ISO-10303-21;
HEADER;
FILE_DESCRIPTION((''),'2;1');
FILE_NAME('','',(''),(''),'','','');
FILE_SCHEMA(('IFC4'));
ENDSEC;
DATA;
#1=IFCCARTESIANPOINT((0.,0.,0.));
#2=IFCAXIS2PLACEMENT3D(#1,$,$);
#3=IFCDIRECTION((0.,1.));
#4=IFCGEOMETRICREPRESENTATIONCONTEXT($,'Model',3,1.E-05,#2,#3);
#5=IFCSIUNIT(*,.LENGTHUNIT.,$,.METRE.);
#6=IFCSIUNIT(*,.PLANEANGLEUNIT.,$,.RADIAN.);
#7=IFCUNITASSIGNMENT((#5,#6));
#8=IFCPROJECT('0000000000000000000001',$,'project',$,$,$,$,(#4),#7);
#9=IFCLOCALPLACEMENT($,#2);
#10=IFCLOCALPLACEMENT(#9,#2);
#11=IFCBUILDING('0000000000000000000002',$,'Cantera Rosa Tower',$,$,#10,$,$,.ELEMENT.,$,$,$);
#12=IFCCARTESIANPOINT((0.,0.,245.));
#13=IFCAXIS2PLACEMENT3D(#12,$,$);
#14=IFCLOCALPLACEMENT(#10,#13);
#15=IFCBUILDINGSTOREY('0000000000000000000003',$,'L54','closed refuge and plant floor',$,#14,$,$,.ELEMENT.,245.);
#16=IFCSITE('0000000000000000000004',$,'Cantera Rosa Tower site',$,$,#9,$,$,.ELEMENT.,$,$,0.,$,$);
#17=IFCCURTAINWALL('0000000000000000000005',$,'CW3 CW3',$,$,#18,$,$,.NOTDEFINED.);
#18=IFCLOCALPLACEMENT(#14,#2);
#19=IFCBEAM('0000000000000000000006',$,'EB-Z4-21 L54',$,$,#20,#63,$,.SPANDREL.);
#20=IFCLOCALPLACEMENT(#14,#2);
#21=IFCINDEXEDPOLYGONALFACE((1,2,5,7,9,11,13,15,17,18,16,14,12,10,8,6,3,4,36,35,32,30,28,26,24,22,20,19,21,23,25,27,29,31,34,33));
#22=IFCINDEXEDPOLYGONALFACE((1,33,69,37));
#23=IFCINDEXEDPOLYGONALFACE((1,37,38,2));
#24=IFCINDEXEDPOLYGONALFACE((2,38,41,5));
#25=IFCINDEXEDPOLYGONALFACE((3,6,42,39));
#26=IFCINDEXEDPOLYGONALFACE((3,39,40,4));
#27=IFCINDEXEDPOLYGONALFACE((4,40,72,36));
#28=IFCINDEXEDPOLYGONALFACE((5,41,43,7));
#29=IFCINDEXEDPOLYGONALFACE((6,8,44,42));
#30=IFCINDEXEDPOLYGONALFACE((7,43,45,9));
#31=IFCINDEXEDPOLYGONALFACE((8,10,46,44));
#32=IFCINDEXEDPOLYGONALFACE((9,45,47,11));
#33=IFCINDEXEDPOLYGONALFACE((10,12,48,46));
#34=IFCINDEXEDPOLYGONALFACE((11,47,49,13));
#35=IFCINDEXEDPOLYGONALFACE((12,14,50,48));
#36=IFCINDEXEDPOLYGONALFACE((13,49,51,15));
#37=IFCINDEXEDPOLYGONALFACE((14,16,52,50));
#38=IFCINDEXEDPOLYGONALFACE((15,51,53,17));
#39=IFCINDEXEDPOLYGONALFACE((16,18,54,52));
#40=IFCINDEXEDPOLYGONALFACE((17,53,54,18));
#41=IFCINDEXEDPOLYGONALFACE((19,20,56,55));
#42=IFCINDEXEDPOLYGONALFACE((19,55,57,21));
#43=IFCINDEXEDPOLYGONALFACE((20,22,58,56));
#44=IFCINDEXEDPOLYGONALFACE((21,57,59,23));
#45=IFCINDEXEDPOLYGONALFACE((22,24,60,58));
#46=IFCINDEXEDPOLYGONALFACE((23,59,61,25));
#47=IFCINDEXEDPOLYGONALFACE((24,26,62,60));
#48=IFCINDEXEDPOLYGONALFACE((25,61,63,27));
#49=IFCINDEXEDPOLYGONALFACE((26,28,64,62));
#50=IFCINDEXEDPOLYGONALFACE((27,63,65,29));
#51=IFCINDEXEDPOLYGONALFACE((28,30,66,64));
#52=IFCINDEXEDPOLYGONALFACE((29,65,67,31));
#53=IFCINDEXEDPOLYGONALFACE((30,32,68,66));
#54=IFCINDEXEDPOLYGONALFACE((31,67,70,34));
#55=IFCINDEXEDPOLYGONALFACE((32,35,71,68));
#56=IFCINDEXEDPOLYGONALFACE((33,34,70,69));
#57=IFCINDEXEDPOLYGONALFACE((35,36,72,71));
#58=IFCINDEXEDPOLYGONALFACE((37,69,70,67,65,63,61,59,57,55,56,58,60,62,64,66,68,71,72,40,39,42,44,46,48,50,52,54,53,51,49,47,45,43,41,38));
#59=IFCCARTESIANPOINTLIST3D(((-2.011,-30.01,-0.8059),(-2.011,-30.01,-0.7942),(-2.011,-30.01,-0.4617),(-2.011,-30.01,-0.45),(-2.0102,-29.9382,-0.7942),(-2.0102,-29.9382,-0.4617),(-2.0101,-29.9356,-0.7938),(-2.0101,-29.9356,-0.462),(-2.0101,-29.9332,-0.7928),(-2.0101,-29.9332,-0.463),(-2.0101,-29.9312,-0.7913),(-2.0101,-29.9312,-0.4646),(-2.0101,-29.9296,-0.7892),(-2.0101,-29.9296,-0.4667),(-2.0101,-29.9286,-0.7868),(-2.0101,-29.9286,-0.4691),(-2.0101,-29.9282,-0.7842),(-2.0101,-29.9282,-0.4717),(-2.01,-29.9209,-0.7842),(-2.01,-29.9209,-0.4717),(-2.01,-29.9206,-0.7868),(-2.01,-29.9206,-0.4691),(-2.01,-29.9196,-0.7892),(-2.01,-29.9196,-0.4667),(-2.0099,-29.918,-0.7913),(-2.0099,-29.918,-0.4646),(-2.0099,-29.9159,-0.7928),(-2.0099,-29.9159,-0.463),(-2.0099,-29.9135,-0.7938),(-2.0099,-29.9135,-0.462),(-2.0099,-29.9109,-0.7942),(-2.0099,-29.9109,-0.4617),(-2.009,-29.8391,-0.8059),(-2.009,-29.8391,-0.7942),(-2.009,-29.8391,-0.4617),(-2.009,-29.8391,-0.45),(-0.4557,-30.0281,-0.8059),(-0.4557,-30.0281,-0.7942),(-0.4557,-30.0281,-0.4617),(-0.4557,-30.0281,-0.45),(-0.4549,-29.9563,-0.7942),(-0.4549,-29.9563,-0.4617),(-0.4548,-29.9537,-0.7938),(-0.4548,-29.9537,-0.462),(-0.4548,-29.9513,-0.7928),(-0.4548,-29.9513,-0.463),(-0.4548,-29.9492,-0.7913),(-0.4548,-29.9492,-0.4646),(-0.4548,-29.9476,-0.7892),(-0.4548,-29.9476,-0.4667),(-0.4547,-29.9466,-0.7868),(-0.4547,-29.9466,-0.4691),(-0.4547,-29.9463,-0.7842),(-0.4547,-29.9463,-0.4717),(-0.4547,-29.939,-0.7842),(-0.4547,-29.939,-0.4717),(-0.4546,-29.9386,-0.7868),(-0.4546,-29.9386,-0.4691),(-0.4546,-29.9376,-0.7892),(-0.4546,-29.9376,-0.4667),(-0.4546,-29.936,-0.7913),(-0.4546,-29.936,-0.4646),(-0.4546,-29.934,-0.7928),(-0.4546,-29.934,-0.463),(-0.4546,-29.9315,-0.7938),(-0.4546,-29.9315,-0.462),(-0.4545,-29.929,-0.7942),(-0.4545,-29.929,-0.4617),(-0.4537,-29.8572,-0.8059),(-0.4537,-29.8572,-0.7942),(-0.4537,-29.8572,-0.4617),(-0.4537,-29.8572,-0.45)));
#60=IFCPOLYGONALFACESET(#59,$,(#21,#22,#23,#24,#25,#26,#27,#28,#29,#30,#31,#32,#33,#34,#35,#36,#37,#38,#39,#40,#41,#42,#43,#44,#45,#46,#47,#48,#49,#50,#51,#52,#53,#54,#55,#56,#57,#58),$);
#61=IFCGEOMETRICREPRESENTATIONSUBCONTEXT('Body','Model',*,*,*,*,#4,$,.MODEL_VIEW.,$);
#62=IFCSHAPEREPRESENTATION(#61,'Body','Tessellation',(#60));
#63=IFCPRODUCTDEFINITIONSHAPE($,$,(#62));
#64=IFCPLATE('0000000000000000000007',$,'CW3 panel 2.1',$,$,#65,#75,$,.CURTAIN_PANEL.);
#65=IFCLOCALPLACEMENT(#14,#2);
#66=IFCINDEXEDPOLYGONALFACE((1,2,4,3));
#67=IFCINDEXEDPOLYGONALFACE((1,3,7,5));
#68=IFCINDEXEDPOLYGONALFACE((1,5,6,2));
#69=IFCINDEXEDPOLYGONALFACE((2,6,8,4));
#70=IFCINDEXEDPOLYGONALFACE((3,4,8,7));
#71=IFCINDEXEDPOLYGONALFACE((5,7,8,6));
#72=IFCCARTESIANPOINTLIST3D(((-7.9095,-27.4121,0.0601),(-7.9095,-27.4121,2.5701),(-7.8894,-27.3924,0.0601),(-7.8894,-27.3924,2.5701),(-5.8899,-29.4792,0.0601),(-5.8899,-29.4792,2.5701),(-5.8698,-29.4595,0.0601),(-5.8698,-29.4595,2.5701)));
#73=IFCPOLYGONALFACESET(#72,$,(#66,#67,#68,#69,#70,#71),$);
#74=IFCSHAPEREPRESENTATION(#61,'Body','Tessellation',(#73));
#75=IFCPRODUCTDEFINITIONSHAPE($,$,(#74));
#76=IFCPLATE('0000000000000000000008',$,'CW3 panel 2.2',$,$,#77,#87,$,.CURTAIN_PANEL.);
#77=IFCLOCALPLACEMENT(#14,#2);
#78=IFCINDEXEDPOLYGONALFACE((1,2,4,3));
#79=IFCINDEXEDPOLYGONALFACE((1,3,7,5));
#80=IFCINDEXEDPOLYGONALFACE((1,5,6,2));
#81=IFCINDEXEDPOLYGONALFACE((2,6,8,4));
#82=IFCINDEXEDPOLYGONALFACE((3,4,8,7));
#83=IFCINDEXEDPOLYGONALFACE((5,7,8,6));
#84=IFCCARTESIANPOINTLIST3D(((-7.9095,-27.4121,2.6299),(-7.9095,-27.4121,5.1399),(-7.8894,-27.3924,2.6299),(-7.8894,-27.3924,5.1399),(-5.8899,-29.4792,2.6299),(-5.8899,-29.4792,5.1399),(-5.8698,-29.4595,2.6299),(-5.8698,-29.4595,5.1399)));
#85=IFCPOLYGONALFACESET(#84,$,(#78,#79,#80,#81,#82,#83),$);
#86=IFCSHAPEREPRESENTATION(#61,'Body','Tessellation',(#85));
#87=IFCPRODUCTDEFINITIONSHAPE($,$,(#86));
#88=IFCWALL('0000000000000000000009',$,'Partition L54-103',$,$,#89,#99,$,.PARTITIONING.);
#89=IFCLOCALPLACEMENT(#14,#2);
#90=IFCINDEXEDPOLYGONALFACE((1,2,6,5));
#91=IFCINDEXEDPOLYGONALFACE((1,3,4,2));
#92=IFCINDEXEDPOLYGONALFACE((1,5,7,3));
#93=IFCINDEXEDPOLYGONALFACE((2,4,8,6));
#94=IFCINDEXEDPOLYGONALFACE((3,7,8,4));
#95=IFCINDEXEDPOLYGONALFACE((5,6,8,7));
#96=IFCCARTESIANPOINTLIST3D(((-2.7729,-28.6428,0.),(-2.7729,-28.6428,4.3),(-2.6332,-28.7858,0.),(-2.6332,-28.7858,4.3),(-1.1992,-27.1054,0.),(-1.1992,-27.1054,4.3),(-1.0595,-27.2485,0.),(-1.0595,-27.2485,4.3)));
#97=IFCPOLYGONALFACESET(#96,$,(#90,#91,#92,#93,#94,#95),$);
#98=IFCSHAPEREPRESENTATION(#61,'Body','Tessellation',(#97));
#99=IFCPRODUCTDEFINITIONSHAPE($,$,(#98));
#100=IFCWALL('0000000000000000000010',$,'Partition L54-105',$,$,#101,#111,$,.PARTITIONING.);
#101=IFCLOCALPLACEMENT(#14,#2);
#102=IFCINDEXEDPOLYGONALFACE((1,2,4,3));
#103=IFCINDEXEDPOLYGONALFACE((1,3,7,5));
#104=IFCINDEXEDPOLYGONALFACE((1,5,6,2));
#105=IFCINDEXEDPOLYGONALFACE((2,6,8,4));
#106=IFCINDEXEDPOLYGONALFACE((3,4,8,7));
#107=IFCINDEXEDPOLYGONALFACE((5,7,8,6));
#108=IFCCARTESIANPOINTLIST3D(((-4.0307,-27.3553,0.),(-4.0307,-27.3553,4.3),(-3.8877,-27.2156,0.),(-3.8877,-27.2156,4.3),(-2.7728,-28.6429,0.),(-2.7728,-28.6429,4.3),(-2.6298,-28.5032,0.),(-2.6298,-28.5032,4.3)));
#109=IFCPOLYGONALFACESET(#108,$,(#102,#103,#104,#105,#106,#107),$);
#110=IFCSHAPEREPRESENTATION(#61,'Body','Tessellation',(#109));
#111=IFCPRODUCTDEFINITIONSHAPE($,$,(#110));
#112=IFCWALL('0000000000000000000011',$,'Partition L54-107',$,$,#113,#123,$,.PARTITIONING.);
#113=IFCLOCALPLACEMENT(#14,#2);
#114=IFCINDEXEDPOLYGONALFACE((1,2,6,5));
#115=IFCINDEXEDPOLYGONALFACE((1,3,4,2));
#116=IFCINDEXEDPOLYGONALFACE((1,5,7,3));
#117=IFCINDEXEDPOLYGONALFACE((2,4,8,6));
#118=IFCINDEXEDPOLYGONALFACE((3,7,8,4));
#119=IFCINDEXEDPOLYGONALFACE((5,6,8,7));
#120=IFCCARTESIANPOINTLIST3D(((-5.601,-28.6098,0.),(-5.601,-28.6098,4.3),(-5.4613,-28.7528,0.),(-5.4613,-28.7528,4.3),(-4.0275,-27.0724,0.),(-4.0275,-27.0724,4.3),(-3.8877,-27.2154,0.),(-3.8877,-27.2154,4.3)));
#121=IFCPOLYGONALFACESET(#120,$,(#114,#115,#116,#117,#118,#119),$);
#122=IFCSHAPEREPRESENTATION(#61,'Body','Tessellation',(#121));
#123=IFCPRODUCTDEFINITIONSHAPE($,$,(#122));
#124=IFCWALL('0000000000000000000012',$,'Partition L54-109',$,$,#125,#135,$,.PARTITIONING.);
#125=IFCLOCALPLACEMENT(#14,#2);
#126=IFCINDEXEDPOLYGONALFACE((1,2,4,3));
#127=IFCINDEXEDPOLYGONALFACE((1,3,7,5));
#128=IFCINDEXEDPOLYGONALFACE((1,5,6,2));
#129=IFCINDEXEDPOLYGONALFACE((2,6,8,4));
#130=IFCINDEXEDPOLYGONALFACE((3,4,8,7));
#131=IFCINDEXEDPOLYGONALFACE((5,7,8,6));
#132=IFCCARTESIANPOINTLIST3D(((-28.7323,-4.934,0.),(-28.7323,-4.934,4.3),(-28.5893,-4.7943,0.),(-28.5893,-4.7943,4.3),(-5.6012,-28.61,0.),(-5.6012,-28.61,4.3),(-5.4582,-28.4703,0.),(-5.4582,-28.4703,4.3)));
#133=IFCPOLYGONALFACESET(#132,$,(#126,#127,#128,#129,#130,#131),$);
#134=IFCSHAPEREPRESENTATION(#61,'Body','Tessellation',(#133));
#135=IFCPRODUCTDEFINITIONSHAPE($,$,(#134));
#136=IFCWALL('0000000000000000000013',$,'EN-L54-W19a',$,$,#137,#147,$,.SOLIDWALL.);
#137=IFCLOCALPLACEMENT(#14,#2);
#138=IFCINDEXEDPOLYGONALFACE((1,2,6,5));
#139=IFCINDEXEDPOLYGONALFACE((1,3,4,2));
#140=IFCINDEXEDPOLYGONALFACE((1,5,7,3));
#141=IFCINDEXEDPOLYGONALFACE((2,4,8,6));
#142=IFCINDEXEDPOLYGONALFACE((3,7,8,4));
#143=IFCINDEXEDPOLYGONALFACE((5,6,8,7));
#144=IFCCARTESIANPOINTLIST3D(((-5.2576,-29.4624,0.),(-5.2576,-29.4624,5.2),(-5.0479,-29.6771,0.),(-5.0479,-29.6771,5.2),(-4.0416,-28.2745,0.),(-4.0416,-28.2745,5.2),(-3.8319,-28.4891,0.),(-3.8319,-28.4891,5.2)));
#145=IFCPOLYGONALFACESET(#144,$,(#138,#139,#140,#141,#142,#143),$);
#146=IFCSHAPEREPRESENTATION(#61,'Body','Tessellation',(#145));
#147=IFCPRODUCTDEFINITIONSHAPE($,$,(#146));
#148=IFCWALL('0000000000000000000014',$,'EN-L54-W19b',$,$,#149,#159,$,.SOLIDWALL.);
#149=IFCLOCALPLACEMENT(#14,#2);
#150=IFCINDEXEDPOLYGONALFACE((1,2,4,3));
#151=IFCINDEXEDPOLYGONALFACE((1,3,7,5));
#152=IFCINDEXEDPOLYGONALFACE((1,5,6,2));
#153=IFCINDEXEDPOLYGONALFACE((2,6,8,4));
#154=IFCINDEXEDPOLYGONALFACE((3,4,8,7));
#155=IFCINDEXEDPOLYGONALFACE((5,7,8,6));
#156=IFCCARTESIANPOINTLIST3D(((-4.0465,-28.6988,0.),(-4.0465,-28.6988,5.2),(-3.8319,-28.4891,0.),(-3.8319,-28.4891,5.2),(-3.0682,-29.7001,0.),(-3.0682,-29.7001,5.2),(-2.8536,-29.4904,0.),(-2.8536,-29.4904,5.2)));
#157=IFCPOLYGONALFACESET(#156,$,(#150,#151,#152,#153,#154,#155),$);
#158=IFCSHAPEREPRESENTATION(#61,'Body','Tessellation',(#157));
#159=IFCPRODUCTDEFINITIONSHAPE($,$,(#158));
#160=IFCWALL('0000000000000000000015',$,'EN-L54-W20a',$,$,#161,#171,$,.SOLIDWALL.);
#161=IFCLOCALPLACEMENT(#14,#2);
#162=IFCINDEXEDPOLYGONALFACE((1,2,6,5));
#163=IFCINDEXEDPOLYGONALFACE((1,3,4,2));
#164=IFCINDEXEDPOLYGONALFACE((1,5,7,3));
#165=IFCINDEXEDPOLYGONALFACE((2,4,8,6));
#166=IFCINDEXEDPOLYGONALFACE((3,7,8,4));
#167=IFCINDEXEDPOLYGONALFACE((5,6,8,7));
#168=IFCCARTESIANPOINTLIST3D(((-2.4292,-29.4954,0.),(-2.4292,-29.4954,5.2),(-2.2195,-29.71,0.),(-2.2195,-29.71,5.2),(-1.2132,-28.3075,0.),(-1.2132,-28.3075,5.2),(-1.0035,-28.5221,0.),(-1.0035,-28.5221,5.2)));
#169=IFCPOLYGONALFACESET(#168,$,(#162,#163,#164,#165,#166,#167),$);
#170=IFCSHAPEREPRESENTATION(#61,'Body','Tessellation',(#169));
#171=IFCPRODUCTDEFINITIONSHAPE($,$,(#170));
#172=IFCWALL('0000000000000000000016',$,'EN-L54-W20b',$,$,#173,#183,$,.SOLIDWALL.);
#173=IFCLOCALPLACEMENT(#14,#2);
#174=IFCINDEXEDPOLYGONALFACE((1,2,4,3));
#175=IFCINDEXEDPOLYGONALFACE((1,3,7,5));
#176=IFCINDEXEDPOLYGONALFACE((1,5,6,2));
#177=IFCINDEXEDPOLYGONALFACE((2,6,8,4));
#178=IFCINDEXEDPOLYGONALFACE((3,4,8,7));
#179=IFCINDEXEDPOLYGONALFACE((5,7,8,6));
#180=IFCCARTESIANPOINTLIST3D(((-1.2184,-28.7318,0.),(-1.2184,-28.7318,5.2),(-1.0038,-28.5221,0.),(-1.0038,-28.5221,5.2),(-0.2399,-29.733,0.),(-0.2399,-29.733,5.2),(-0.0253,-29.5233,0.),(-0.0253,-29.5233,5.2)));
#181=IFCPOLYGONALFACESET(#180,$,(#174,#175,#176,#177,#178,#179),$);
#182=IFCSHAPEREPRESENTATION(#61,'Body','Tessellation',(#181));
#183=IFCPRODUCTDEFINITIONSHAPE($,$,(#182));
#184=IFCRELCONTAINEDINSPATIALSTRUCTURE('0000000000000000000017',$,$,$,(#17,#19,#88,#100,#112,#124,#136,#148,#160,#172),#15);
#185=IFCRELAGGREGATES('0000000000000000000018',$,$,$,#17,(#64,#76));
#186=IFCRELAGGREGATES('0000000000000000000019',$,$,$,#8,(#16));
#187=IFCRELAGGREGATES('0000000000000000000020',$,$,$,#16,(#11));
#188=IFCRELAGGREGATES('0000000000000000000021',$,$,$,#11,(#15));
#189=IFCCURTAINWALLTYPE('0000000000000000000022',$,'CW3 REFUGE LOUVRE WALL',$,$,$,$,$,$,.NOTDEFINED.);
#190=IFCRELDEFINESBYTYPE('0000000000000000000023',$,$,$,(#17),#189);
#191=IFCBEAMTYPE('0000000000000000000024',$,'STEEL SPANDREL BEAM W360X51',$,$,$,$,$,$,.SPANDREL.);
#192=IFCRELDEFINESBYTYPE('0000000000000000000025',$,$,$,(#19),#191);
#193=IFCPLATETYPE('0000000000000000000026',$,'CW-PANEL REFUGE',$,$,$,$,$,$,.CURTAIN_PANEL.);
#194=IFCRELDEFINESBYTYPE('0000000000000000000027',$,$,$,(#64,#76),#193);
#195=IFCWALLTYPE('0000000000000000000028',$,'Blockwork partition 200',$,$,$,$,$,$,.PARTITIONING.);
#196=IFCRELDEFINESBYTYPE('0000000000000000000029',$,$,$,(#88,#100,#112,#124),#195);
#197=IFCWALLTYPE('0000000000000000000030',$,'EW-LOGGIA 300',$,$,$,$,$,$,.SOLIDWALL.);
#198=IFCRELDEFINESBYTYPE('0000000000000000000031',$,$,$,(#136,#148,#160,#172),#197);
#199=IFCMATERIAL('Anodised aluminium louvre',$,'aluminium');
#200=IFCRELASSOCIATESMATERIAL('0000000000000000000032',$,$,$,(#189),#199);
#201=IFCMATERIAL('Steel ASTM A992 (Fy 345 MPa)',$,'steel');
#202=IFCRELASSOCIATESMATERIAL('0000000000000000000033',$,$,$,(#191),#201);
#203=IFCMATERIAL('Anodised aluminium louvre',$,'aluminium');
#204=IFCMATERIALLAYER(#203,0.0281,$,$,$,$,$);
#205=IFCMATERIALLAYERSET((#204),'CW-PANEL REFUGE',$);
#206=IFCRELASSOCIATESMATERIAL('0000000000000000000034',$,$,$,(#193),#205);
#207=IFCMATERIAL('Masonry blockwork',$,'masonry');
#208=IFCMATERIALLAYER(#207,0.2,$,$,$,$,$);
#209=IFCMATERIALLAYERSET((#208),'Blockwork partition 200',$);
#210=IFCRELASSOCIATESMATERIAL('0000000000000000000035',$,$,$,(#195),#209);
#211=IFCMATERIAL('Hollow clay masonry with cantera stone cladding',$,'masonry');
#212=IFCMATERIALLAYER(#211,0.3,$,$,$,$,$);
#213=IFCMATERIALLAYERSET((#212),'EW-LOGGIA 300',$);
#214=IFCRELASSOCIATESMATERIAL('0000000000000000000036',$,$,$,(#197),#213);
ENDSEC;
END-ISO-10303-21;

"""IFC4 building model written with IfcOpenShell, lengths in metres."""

from ifc_helpers import new_model, si_unit, direction, frame, frame_2d, origin, origin_2d, place, context, subcontext, project, spatial, rectangle, i_section, extrude, material, layer, layer_set, material_profile, profile_set, type_object, element, aggregate, save


model = new_model("IFC4")

# Units and contexts
model_context = context("Model", 3, precision=1e-05, world=origin(), true_north=direction((0.0, 1.0)))
body_context = subcontext(model_context, "Body", "Model", "MODEL_VIEW")
ifc_project = project(units=[si_unit("LENGTHUNIT", "METRE"), si_unit("PLANEANGLEUNIT", "RADIAN")], contexts=[model_context])

# Site, building, storey
site_placement = place(None, origin())
site = spatial("IfcSite", under=ifc_project, at=site_placement, Name="Cantera Rosa Tower site", CompositionType="ELEMENT", RefElevation=0.0)
building_placement = place(site_placement, origin())
building = spatial("IfcBuilding", under=site, at=building_placement, Name="Cantera Rosa Tower", CompositionType="ELEMENT")
storey_placement = place(building_placement, frame((0.0, 0.0, 245.0)))
storey = spatial("IfcBuildingStorey", under=building, at=storey_placement, Name="L54", Description="closed refuge and plant floor", CompositionType="ELEMENT", Elevation=245.0)

# Curtain wall
ifc_material_1 = material(Name="Anodised aluminium louvre", Category="aluminium")
curtain_wall_type = type_object("IfcCurtainWallType", Name="CW3 REFUGE LOUVRE WALL", PredefinedType="NOTDEFINED", material=ifc_material_1)
curtain_wall_placement = place(storey_placement, origin())
curtain_wall = element("IfcCurtainWall", 1, at=curtain_wall_placement, inside=storey, type_object=curtain_wall_type, Name="CW3 CW3", PredefinedType="NOTDEFINED")

# Beam
ifc_material_2 = material(Name="Steel ASTM A992 (Fy 345 MPa)", Category="steel")
ifc_material_profile_1 = material_profile(ifc_material_2, i_section(OverallWidth=0.1709, OverallDepth=0.356, WebThickness=0.0073, FlangeThickness=0.0117, FilletRadius=0.01, at=origin_2d()), Name="W360X51")
ifc_profile_set_1 = profile_set([ifc_material_profile_1], Name="Steel ASTM A992 (Fy 345 MPa)")
beam_type_1 = type_object("IfcBeamType", Name="STEEL SPANDREL BEAM W360X51", PredefinedType="SPANDREL", material=ifc_profile_set_1)
for number, where, z_axis, x_axis, name in (
    (2, (-2.01, -29.9246, -0.6279), (0.999933, -0.011614, 0.0), (0.011614, 0.999933, 0.0), "EB-Z4-21 L54"),
):
    element("IfcBeam", number, at=place(storey_placement, frame(where, z_axis=z_axis, x_axis=x_axis)), inside=storey, type_object=beam_type_1, Name=name, PredefinedType="SPANDREL", context=body_context, shape_type="SweptSolid", body=[
        extrude(i_section(OverallWidth=0.1709, OverallDepth=0.356, WebThickness=0.0073, FlangeThickness=0.0117, FilletRadius=0.01, at=origin_2d()), origin(), (0.0, 0.0, 1.0), 1.5554),
    ])

# Plates
ifc_material_3 = material(Name="Anodised aluminium louvre", Category="aluminium")
ifc_layer_1 = layer(ifc_material_3, 0.0281)
ifc_layer_set_1 = layer_set([ifc_layer_1], Name="CW-PANEL REFUGE")
plate_type = type_object("IfcPlateType", Name="CW-PANEL REFUGE", PredefinedType="CURTAIN_PANEL", material=ifc_layer_set_1)
plate_1_placement = place(storey_placement, frame((-6.8896, -28.4358, 0.0601), z_axis=(0.0, 0.0, 1.0), x_axis=(0.698832, -0.715286, 0.0)))
plate_1 = element("IfcPlate", 3, at=plate_1_placement, type_object=plate_type, Name="CW3 panel 2.1", PredefinedType="CURTAIN_PANEL", context=body_context, shape_type="SweptSolid", body=[
    extrude(rectangle(XDim=2.8899, YDim=0.0281, at=origin_2d()), origin(), (0.0, 0.0, 1.0), 2.51),
])
plate_2_placement = place(storey_placement, frame((-6.8896, -28.4358, 2.6299), z_axis=(0.0, 0.0, 1.0), x_axis=(0.698832, -0.715286, 0.0)))
plate_2 = element("IfcPlate", 4, at=plate_2_placement, type_object=plate_type, Name="CW3 panel 2.2", PredefinedType="CURTAIN_PANEL", context=body_context, shape_type="SweptSolid", body=[
    extrude(rectangle(XDim=2.8899, YDim=0.0281, at=origin_2d()), origin(), (0.0, 0.0, 1.0), 2.51),
])
aggregate(curtain_wall, [plate_1, plate_2])

# Walls
ifc_material_4 = material(Name="Masonry blockwork", Category="masonry")
ifc_layer_2 = layer(ifc_material_4, 0.2)
ifc_layer_set_2 = layer_set([ifc_layer_2], Name="Blockwork partition 200")
wall_type_1 = type_object("IfcWallType", Name="Blockwork partition 200", PredefinedType="PARTITIONING", material=ifc_layer_set_2)
wall_1_placement = place(storey_placement, frame((-2.7031, -28.7144, 0.0), z_axis=(0.0, 0.0, 1.0), x_axis=(0.715326, 0.698791, 0.0)))
element("IfcWall", 5, at=wall_1_placement, inside=storey, type_object=wall_type_1, Name="Partition L54-103", PredefinedType="PARTITIONING", context=body_context, shape_type="SweptSolid", body=[
    extrude(rectangle(XDim=2.2, YDim=0.2, at=frame_2d((1.1001, 0.0))), origin(), (0.0, 0.0, 1.0), 4.3),
])
wall_2_placement = place(storey_placement, frame((-2.7014, -28.573, 0.0), z_axis=(0.0, 0.0, 1.0), x_axis=(-0.698785, 0.715332, 0.0)))
element("IfcWall", 6, at=wall_2_placement, inside=storey, type_object=wall_type_1, Name="Partition L54-105", PredefinedType="PARTITIONING", context=body_context, shape_type="SweptSolid", body=[
    extrude(rectangle(XDim=1.8, YDim=0.2, at=frame_2d((0.8999, 0.0))), origin(), (0.0, 0.0, 1.0), 4.3),
])
wall_3_placement = place(storey_placement, frame((-5.5312, -28.6814, 0.0), z_axis=(0.0, 0.0, 1.0), x_axis=(0.715272, 0.698847, 0.0)))
element("IfcWall", 7, at=wall_3_placement, inside=storey, type_object=wall_type_1, Name="Partition L54-107", PredefinedType="PARTITIONING", context=body_context, shape_type="SweptSolid", body=[
    extrude(rectangle(XDim=2.2, YDim=0.2, at=frame_2d((1.1001, 0.0))), origin(), (0.0, 0.0, 1.0), 4.3),
])
wall_4_placement = place(storey_placement, frame((-5.5298, -28.54, 0.0), z_axis=(0.0, 0.0, 1.0), x_axis=(-0.698827, 0.71529, 0.0)))
element("IfcWall", 8, at=wall_4_placement, inside=storey, type_object=wall_type_1, Name="Partition L54-109", PredefinedType="PARTITIONING", context=body_context, shape_type="SweptSolid", body=[
    extrude(rectangle(XDim=33.0999, YDim=0.2, at=frame_2d((16.5498, 0.0))), origin(), (0.0, 0.0, 1.0), 4.3),
])
ifc_material_5 = material(Name="Hollow clay masonry with cantera stone cladding", Category="masonry")
ifc_layer_3 = layer(ifc_material_5, 0.3)
ifc_layer_set_3 = layer_set([ifc_layer_3], Name="EW-LOGGIA 300")
wall_type_2 = type_object("IfcWallType", Name="EW-LOGGIA 300", PredefinedType="SOLIDWALL", material=ifc_layer_set_3)
wall_5_placement = place(storey_placement, frame((-5.1528, -29.5698, 0.0), z_axis=(0.0, 0.0, 1.0), x_axis=(0.715316, 0.698801, 0.0)))
element("IfcWall", 9, at=wall_5_placement, inside=storey, type_object=wall_type_2, Name="EN-L54-W19a", PredefinedType="SOLIDWALL", context=body_context, shape_type="SweptSolid", body=[
    extrude(rectangle(XDim=1.7, YDim=0.3, at=frame_2d((0.8501, 0.0))), origin(), (0.0, 0.0, 1.0), 5.2),
])
wall_6_placement = place(storey_placement, frame((-3.9392, -28.594, 0.0), z_axis=(0.0, 0.0, 1.0), x_axis=(0.698862, -0.715257, 0.0)))
element("IfcWall", 10, at=wall_6_placement, inside=storey, type_object=wall_type_2, Name="EN-L54-W19b", PredefinedType="SOLIDWALL", context=body_context, shape_type="SweptSolid", body=[
    extrude(rectangle(XDim=1.3999, YDim=0.3, at=frame_2d((0.7, 0.0))), origin(), (0.0, 0.0, 1.0), 5.2),
])
wall_7_placement = place(storey_placement, frame((-2.3245, -29.6028, 0.0), z_axis=(0.0, 0.0, 1.0), x_axis=(0.715316, 0.698801, 0.0)))
element("IfcWall", 11, at=wall_7_placement, inside=storey, type_object=wall_type_2, Name="EN-L54-W20a", PredefinedType="SOLIDWALL", context=body_context, shape_type="SweptSolid", body=[
    extrude(rectangle(XDim=1.7, YDim=0.3, at=frame_2d((0.8501, 0.0))), origin(), (0.0, 0.0, 1.0), 5.2),
])
wall_8_placement = place(storey_placement, frame((-1.1111, -28.627, 0.0), z_axis=(0.0, 0.0, 1.0), x_axis=(0.698951, -0.715169, 0.0)))
element("IfcWall", 12, at=wall_8_placement, inside=storey, type_object=wall_type_2, Name="EN-L54-W20b", PredefinedType="SOLIDWALL", context=body_context, shape_type="SweptSolid", body=[
    extrude(rectangle(XDim=1.3999, YDim=0.3, at=frame_2d((0.7, 0.0))), origin(), (0.0, 0.0, 1.0), 5.2),
])

save(model, "model.ifc")
